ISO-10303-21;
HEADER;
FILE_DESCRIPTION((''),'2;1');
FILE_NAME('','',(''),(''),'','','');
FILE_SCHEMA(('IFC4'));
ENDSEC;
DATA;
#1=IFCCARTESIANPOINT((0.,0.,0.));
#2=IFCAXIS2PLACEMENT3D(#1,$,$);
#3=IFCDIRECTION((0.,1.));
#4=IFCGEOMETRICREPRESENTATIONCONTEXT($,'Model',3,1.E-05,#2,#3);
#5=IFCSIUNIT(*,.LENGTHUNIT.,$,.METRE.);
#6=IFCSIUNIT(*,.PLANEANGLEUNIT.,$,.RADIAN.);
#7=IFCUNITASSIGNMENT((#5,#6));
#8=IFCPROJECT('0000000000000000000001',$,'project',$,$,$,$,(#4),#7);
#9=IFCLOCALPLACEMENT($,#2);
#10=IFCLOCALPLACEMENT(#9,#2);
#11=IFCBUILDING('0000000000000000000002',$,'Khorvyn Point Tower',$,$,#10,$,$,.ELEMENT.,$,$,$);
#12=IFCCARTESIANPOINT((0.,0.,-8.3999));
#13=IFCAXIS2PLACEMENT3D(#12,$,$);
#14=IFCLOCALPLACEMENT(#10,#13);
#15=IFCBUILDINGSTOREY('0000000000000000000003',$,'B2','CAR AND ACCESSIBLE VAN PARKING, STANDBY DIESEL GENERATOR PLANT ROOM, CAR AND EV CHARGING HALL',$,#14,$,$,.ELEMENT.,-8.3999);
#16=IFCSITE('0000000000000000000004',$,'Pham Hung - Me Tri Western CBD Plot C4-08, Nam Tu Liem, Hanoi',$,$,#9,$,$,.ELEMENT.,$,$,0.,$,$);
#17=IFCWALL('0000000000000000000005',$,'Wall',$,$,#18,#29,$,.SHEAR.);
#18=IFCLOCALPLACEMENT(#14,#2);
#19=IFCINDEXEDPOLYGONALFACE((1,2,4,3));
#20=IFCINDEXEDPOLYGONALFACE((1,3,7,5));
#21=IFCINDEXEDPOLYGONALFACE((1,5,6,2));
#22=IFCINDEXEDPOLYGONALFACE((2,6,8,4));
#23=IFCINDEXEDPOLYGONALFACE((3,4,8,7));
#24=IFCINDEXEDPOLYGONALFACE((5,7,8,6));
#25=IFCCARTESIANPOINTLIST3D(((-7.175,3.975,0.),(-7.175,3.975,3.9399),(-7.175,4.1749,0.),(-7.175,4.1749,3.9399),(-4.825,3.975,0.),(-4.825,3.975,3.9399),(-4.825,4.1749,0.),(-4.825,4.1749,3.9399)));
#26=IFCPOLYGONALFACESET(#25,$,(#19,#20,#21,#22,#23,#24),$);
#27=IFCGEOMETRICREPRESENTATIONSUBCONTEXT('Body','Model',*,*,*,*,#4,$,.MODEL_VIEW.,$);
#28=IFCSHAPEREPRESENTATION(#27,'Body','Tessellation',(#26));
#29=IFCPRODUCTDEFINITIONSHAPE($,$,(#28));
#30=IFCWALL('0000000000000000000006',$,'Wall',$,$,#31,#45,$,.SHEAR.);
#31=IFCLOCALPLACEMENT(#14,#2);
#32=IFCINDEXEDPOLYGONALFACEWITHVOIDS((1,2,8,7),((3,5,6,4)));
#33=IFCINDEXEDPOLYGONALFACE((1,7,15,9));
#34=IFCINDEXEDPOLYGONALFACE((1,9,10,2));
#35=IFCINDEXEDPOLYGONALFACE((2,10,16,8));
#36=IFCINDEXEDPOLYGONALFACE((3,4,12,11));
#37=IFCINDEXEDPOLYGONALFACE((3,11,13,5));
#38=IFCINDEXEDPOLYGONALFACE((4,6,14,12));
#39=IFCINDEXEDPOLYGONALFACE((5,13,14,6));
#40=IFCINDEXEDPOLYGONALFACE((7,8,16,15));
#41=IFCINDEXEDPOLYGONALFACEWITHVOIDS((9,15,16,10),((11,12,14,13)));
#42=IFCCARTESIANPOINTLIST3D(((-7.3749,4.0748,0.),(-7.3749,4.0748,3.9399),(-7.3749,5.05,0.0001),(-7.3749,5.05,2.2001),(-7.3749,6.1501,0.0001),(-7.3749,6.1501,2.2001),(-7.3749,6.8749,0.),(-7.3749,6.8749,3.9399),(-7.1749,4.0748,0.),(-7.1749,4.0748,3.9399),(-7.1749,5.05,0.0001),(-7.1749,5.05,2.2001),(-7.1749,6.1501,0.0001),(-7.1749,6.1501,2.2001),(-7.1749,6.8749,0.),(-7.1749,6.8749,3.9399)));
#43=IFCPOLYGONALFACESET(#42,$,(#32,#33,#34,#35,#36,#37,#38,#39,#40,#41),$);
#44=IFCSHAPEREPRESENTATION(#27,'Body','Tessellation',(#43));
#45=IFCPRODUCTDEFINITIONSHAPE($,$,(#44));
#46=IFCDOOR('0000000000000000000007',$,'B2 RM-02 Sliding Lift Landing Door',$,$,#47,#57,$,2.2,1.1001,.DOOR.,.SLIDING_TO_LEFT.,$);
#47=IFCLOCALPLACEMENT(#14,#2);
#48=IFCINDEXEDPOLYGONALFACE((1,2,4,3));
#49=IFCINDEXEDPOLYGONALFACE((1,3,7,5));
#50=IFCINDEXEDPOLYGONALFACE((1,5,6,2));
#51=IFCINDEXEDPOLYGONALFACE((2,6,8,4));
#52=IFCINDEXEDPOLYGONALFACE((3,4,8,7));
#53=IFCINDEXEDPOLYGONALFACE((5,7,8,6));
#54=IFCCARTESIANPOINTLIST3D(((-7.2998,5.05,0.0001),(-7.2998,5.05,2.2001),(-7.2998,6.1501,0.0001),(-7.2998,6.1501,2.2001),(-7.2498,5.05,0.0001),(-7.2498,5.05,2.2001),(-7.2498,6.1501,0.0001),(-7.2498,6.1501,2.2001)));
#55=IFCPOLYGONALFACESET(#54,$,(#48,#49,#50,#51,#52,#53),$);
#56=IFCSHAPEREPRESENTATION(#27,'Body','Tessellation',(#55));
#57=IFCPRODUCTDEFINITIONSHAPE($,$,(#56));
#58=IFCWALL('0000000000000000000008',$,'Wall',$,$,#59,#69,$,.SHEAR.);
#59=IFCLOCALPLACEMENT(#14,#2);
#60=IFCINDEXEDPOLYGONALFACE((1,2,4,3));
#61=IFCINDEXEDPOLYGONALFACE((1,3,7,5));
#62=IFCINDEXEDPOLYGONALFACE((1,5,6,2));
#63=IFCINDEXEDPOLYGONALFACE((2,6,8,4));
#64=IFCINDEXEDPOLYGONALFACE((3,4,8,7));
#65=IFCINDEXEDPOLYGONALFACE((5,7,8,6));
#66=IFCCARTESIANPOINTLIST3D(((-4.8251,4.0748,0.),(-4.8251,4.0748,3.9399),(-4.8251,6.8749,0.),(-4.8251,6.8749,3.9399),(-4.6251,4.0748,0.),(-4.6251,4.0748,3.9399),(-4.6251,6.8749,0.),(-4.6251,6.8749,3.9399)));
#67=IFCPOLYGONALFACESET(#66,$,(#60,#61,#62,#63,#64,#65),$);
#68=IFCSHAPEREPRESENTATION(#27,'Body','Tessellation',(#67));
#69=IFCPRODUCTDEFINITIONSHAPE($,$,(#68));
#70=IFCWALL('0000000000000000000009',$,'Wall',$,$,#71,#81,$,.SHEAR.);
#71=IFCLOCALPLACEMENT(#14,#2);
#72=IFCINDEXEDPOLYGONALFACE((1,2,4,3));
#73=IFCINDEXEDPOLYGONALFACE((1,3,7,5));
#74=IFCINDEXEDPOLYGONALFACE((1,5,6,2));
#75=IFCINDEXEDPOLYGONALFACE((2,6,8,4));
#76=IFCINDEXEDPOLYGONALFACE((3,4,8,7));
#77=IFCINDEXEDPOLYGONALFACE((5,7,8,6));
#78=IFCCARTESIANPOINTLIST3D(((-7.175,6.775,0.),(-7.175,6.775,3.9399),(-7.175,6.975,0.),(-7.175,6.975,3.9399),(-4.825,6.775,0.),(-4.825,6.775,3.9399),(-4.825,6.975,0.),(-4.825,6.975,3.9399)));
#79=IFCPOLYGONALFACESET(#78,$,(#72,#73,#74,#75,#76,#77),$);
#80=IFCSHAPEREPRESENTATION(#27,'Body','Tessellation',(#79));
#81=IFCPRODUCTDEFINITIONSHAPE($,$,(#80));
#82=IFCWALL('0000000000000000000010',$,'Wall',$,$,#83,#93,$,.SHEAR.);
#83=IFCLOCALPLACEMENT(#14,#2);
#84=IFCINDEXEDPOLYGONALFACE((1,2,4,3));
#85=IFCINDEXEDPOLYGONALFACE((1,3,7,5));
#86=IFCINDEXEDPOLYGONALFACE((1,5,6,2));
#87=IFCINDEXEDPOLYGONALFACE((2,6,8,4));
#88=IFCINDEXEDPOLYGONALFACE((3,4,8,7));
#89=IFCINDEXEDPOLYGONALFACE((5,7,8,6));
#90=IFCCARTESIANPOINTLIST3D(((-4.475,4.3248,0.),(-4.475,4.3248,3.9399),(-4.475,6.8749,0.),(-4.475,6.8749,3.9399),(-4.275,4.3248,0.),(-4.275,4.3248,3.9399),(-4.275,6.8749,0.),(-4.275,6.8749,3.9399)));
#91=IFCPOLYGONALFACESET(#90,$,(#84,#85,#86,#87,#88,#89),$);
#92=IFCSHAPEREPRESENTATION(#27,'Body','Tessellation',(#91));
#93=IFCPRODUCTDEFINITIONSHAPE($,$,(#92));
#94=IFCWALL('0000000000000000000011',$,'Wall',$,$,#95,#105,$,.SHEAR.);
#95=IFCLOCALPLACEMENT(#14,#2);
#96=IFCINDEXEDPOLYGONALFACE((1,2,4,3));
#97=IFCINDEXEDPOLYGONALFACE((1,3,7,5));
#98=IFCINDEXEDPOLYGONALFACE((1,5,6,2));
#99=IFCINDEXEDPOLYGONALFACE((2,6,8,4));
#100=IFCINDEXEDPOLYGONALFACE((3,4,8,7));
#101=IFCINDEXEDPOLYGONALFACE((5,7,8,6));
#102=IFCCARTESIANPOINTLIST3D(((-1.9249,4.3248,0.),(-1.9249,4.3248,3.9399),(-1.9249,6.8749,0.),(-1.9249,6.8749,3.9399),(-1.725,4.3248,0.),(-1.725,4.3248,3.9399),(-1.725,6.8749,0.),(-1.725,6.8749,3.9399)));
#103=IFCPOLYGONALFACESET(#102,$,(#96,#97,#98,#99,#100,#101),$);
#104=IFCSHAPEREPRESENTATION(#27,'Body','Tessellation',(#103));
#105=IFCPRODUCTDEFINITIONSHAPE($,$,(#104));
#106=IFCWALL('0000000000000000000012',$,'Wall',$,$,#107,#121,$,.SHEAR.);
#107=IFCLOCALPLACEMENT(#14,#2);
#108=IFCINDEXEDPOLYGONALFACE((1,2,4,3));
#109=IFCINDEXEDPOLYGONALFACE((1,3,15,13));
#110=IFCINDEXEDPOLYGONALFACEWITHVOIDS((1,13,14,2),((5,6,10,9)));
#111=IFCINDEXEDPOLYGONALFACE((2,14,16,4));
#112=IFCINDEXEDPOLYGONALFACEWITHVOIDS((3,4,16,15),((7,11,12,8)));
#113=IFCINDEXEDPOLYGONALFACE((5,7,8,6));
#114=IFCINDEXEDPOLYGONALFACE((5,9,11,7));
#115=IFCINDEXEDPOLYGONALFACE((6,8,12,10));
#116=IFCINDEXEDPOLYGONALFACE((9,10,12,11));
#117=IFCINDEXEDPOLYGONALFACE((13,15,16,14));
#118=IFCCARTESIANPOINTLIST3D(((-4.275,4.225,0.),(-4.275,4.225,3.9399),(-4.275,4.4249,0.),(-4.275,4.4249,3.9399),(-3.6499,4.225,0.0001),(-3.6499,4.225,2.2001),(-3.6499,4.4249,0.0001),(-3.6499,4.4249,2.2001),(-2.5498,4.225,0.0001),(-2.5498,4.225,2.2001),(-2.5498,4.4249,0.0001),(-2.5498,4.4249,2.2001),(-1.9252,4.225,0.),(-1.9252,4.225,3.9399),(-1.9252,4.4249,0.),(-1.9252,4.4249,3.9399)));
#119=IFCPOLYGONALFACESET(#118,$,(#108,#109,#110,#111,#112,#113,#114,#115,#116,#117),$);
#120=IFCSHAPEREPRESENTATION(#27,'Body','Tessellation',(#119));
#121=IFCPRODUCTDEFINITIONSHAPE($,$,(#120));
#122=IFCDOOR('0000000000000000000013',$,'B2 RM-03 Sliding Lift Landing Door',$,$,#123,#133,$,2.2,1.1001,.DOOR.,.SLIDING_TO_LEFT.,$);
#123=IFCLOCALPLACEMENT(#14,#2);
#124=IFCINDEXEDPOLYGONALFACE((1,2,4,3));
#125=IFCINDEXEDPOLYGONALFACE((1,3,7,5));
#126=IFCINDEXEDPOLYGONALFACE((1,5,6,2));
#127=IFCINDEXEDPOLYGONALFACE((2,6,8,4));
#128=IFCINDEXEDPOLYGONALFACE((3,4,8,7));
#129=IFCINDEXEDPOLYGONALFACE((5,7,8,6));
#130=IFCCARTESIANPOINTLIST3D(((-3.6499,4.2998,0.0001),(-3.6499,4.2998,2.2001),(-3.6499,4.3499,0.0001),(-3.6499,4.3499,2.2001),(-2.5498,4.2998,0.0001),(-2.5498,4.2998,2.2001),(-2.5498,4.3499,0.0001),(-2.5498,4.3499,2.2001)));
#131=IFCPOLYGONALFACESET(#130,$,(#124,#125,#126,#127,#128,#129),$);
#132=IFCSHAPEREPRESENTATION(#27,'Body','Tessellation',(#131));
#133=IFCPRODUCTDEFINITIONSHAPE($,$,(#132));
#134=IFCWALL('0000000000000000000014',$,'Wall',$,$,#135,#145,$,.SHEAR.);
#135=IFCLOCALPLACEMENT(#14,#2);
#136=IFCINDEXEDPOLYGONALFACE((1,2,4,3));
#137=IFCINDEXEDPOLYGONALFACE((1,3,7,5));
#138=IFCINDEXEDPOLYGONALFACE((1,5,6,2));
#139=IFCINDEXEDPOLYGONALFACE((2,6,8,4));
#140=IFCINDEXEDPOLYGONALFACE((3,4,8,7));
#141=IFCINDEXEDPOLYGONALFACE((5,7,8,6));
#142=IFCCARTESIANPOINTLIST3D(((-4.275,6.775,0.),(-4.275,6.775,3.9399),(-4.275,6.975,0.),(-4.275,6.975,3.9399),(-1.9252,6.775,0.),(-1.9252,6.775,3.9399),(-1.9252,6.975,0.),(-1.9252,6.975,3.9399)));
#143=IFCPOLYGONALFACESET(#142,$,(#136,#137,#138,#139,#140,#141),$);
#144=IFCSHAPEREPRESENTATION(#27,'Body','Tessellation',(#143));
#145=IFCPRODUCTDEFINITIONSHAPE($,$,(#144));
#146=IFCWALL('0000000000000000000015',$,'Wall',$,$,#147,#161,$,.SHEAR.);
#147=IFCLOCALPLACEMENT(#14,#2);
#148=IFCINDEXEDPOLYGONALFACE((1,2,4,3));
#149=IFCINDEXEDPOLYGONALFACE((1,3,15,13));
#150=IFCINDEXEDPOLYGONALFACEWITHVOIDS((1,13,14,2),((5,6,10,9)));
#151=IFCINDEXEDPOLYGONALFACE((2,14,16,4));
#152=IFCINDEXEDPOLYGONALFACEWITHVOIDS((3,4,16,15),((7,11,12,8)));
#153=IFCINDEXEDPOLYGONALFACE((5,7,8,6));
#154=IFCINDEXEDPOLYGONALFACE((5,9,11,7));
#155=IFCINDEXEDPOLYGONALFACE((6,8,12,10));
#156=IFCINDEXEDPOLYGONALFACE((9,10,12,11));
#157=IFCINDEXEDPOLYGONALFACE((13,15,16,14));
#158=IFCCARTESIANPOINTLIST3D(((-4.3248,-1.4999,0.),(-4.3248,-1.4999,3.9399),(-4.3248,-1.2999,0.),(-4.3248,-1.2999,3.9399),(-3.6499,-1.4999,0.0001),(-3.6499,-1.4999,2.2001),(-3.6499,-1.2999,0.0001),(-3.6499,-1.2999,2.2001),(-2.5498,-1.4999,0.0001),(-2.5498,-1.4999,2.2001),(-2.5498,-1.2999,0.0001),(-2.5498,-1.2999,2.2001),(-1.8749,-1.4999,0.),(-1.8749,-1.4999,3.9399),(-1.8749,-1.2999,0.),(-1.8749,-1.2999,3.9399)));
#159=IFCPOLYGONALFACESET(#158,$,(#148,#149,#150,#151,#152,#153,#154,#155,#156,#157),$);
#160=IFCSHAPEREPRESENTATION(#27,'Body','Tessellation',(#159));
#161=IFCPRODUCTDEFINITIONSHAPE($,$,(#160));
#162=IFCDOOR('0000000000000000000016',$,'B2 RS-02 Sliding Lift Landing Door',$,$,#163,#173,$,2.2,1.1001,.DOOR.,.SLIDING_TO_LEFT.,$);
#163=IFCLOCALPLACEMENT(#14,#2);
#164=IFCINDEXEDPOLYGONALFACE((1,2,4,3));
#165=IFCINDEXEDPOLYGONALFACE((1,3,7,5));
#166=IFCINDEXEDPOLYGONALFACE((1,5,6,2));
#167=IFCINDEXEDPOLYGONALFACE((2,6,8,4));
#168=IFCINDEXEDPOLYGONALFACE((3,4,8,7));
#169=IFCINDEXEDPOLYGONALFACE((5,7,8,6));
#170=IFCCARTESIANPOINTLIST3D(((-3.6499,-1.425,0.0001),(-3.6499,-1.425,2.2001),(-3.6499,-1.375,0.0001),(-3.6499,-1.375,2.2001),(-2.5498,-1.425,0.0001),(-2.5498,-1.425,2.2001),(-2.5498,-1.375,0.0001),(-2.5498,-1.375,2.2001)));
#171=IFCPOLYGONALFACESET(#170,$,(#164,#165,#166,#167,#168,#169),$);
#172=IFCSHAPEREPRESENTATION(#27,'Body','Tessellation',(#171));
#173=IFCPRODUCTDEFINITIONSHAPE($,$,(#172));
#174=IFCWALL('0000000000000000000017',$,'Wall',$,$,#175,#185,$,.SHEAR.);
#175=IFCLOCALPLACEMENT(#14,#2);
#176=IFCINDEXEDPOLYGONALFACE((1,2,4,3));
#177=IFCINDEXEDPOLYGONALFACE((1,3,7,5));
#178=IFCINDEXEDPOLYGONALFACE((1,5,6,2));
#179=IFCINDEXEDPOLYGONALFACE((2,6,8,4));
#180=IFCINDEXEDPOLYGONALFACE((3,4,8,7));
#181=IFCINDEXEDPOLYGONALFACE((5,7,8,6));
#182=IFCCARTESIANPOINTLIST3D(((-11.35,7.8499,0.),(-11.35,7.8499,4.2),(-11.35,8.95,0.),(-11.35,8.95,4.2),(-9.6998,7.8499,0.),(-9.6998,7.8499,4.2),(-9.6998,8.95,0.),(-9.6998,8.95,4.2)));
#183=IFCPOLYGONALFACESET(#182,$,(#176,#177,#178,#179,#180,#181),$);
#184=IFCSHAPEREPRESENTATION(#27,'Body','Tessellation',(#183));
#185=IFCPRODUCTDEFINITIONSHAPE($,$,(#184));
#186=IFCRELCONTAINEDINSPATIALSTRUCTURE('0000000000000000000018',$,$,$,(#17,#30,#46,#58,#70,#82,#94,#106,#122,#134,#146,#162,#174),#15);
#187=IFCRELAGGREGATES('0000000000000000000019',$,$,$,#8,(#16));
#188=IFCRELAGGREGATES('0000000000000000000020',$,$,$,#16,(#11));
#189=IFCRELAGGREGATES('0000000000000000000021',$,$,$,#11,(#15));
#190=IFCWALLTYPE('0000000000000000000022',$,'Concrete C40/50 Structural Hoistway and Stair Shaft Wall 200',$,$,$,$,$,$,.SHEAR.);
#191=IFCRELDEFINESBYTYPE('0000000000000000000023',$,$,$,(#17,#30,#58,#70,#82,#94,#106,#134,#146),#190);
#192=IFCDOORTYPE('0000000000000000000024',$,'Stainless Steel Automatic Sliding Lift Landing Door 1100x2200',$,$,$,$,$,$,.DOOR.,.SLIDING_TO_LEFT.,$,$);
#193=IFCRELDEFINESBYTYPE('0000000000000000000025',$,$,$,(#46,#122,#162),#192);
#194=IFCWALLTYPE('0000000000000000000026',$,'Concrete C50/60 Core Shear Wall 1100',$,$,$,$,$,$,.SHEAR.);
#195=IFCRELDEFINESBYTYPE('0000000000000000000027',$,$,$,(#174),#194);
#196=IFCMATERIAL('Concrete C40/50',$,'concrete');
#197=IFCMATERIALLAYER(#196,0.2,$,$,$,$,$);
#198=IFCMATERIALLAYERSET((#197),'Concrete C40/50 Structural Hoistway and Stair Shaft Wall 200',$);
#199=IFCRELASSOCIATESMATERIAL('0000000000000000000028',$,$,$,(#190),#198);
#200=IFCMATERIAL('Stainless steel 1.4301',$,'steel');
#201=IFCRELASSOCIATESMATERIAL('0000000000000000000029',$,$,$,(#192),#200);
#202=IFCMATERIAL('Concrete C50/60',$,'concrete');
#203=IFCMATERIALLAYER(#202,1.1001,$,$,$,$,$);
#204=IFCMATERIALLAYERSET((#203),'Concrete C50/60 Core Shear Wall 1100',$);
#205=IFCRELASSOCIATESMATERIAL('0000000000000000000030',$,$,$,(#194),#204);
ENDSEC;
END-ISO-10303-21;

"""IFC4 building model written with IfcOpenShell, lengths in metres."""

from ifc_helpers import new_model, si_unit, direction, frame, frame_2d, origin, place, context, subcontext, project, spatial, rectangle, extrude, material, layer, layer_set, type_object, element, fill, save


model = new_model("IFC4")

# Units and contexts
model_context = context("Model", 3, precision=1e-05, world=origin(), true_north=direction((0.0, 1.0)))
body_context = subcontext(model_context, "Body", "Model", "MODEL_VIEW")
ifc_project = project(units=[si_unit("LENGTHUNIT", "METRE"), si_unit("PLANEANGLEUNIT", "RADIAN")], contexts=[model_context])

# Site, building, storey
site_placement = place(None, origin())
site = spatial("IfcSite", under=ifc_project, at=site_placement, Name="Pham Hung - Me Tri Western CBD Plot C4-08, Nam Tu Liem, Hanoi", CompositionType="ELEMENT", RefElevation=0.0)
building_placement = place(site_placement, origin())
building = spatial("IfcBuilding", under=site, at=building_placement, Name="Khorvyn Point Tower", CompositionType="ELEMENT")
storey_placement = place(building_placement, frame((0.0, 0.0, -8.3999)))
storey = spatial("IfcBuildingStorey", under=building, at=storey_placement, Name="B2", Description="CAR AND ACCESSIBLE VAN PARKING, STANDBY DIESEL GENERATOR PLANT ROOM, CAR AND EV CHARGING HALL", CompositionType="ELEMENT", Elevation=-8.3999)

# Shared definitions
ifc_material_1 = material(Name="Concrete C40/50", Category="concrete")

# Shared definitions
ifc_material_2 = material(Name="Concrete C50/60", Category="concrete")

# Shared definitions
ifc_layer_1 = layer(ifc_material_1, 0.2)
ifc_layer_set_1 = layer_set([ifc_layer_1], Name="Concrete C40/50 Structural Hoistway and Stair Shaft Wall 200")
wall_type_1 = type_object("IfcWallType", Name="Concrete C40/50 Structural Hoistway and Stair Shaft Wall 200", PredefinedType="SHEAR", material=ifc_layer_set_1)

# Shared definitions
ifc_material_3 = material(Name="Stainless steel 1.4301", Category="steel")
door_type_1 = type_object("IfcDoorType", Name="Stainless Steel Automatic Sliding Lift Landing Door 1100x2200", OperationType="SLIDING_TO_LEFT", PredefinedType="DOOR", material=ifc_material_3)

# Wall
wall_1_placement = place(storey_placement, frame((-7.175, 4.075, 0.0), z_axis=(0.0, 0.0, 1.0), x_axis=(1.0, 0.0, 0.0)))
element("IfcWall", 1, at=wall_1_placement, inside=storey, type_object=wall_type_1, Name="Wall", PredefinedType="SHEAR", context=body_context, shape_type="SweptSolid", body=[
    extrude(rectangle(XDim=2.3501, YDim=0.2, at=frame_2d((1.175, 0.0))), origin(), (0.0, 0.0, 1.0), 3.9399),
])

# Wall, opening, door
wall_2_placement = place(storey_placement, frame((-7.2749, 4.075, 0.0), z_axis=(0.0, 0.0, 1.0), x_axis=(0.0, 1.0, 0.0)))
wall_2 = element("IfcWall", 2, at=wall_2_placement, inside=storey, type_object=wall_type_1, Name="Wall", PredefinedType="SHEAR", context=body_context, shape_type="SweptSolid", body=[
    extrude(rectangle(XDim=2.8, YDim=0.2, at=frame_2d((1.3999, 0.0))), origin(), (0.0, 0.0, 1.0), 3.9399),
])
opening_1_placement = place(wall_2_placement, frame((0.9751, 0.0, 0.0)))
opening_1 = element("IfcOpeningElement", 3, at=opening_1_placement, cuts=wall_2, PredefinedType="OPENING", context=body_context, shape_type="SweptSolid", body=[
    extrude(rectangle(XDim=1.1001, YDim=2.2, at=frame_2d((0.55, 1.1001))), frame((0.0, 0.1099, 0.0), z_axis=(0.0, -1.0, 0.0), x_axis=(1.0, 0.0, 0.0)), (0.0, 0.0, 1.0), 0.22),
])
door_1_placement = place(opening_1_placement, origin())
door_1 = element("IfcDoor", 4, at=door_1_placement, inside=storey, type_object=door_type_1, Name="B2 RM-02 Sliding Lift Landing Door", OperationType="SLIDING_TO_LEFT", OverallHeight=2.2, OverallWidth=1.1001, PredefinedType="DOOR", context=body_context, shape_type="SweptSolid", body=[
    extrude(rectangle(XDim=1.1001, YDim=2.2, at=frame_2d((0.55, 1.1001))), frame((0.0, 0.0249, 0.0), z_axis=(0.0, -1.0, 0.0), x_axis=(1.0, 0.0, 0.0)), (0.0, 0.0, 1.0), 0.05),
])
fill(opening_1, door_1)

# Walls
wall_3_placement = place(storey_placement, frame((-4.7251, 4.075, 0.0), z_axis=(0.0, 0.0, 1.0), x_axis=(0.0, 1.0, 0.0)))
element("IfcWall", 5, at=wall_3_placement, inside=storey, type_object=wall_type_1, Name="Wall", PredefinedType="SHEAR", context=body_context, shape_type="SweptSolid", body=[
    extrude(rectangle(XDim=2.8, YDim=0.2, at=frame_2d((1.3999, 0.0))), origin(), (0.0, 0.0, 1.0), 3.9399),
])
wall_4_placement = place(storey_placement, frame((-7.175, 6.875, 0.0), z_axis=(0.0, 0.0, 1.0), x_axis=(1.0, 0.0, 0.0)))
element("IfcWall", 6, at=wall_4_placement, inside=storey, type_object=wall_type_1, Name="Wall", PredefinedType="SHEAR", context=body_context, shape_type="SweptSolid", body=[
    extrude(rectangle(XDim=2.3501, YDim=0.2, at=frame_2d((1.175, 0.0))), origin(), (0.0, 0.0, 1.0), 3.9399),
])
for number, where, z_axis, x_axis, name in (
    (7, (-4.375, 4.325, 0.0), (0.0, 0.0, 1.0), (0.0, 1.0, 0.0), "Wall"),
    (8, (-1.825, 4.325, 0.0), (0.0, 0.0, 1.0), (0.0, 1.0, 0.0), "Wall"),
):
    element("IfcWall", number, at=place(storey_placement, frame(where, z_axis=z_axis, x_axis=x_axis)), inside=storey, type_object=wall_type_1, Name=name, PredefinedType="SHEAR", context=body_context, shape_type="SweptSolid", body=[
        extrude(rectangle(XDim=2.55, YDim=0.2, at=frame_2d((1.2749, 0.0))), origin(), (0.0, 0.0, 1.0), 3.9399),
    ])

# Wall, opening, door
wall_5_placement = place(storey_placement, frame((-4.2749, 4.325, 0.0), z_axis=(0.0, 0.0, 1.0), x_axis=(1.0, 0.0, 0.0)))
wall_5 = element("IfcWall", 9, at=wall_5_placement, inside=storey, type_object=wall_type_1, Name="Wall", PredefinedType="SHEAR", context=body_context, shape_type="SweptSolid", body=[
    extrude(rectangle(XDim=2.3499, YDim=0.2, at=frame_2d((1.1748, 0.0))), origin(), (0.0, 0.0, 1.0), 3.9399),
])
opening_2_placement = place(wall_5_placement, frame((0.625, 0.0, 0.0)))
opening_2 = element("IfcOpeningElement", 10, at=opening_2_placement, cuts=wall_5, PredefinedType="OPENING", context=body_context, shape_type="SweptSolid", body=[
    extrude(rectangle(XDim=1.1001, YDim=2.2, at=frame_2d((0.55, 1.1001))), frame((0.0, 0.1099, 0.0), z_axis=(0.0, -1.0, 0.0), x_axis=(1.0, 0.0, 0.0)), (0.0, 0.0, 1.0), 0.22),
])
door_2_placement = place(opening_2_placement, origin())
door_2 = element("IfcDoor", 11, at=door_2_placement, inside=storey, type_object=door_type_1, Name="B2 RM-03 Sliding Lift Landing Door", OperationType="SLIDING_TO_LEFT", OverallHeight=2.2, OverallWidth=1.1001, PredefinedType="DOOR", context=body_context, shape_type="SweptSolid", body=[
    extrude(rectangle(XDim=1.1001, YDim=2.2, at=frame_2d((0.55, 1.1001))), frame((0.0, 0.0249, 0.0), z_axis=(0.0, -1.0, 0.0), x_axis=(1.0, 0.0, 0.0)), (0.0, 0.0, 1.0), 0.05),
])
fill(opening_2, door_2)

# Wall
wall_6_placement = place(storey_placement, frame((-4.2749, 6.875, 0.0), z_axis=(0.0, 0.0, 1.0), x_axis=(1.0, 0.0, 0.0)))
element("IfcWall", 12, at=wall_6_placement, inside=storey, type_object=wall_type_1, Name="Wall", PredefinedType="SHEAR", context=body_context, shape_type="SweptSolid", body=[
    extrude(rectangle(XDim=2.3499, YDim=0.2, at=frame_2d((1.1748, 0.0))), origin(), (0.0, 0.0, 1.0), 3.9399),
])

# Wall, opening, door
wall_7_placement = place(storey_placement, frame((-4.325, -1.3999, 0.0), z_axis=(0.0, 0.0, 1.0), x_axis=(1.0, 0.0, 0.0)))
wall_7 = element("IfcWall", 13, at=wall_7_placement, inside=storey, type_object=wall_type_1, Name="Wall", PredefinedType="SHEAR", context=body_context, shape_type="SweptSolid", body=[
    extrude(rectangle(XDim=2.45, YDim=0.2, at=frame_2d((1.2251, 0.0))), origin(), (0.0, 0.0, 1.0), 3.9399),
])
opening_3_placement = place(wall_7_placement, frame((0.675, 0.0, 0.0)))
opening_3 = element("IfcOpeningElement", 14, at=opening_3_placement, cuts=wall_7, PredefinedType="OPENING", context=body_context, shape_type="SweptSolid", body=[
    extrude(rectangle(XDim=1.1001, YDim=2.2, at=frame_2d((0.55, 1.1001))), frame((0.0, 0.1099, 0.0), z_axis=(0.0, -1.0, 0.0), x_axis=(1.0, 0.0, 0.0)), (0.0, 0.0, 1.0), 0.22),
])
door_3_placement = place(opening_3_placement, origin())
door_3 = element("IfcDoor", 15, at=door_3_placement, inside=storey, type_object=door_type_1, Name="B2 RS-02 Sliding Lift Landing Door", OperationType="SLIDING_TO_LEFT", OverallHeight=2.2, OverallWidth=1.1001, PredefinedType="DOOR", context=body_context, shape_type="SweptSolid", body=[
    extrude(rectangle(XDim=1.1001, YDim=2.2, at=frame_2d((0.55, 1.1001))), frame((0.0, 0.0249, 0.0), z_axis=(0.0, -1.0, 0.0), x_axis=(1.0, 0.0, 0.0)), (0.0, 0.0, 1.0), 0.05),
])
fill(opening_3, door_3)

# Wall
ifc_layer_2 = layer(ifc_material_2, 1.1001)
ifc_layer_set_2 = layer_set([ifc_layer_2], Name="Concrete C50/60 Core Shear Wall 1100")
wall_type_2 = type_object("IfcWallType", Name="Concrete C50/60 Core Shear Wall 1100", PredefinedType="SHEAR", material=ifc_layer_set_2)
wall_8_placement = place(storey_placement, frame((-11.3501, 8.3999, 0.0), z_axis=(0.0, 0.0, 1.0), x_axis=(1.0, 0.0, 0.0)))
element("IfcWall", 16, at=wall_8_placement, inside=storey, type_object=wall_type_2, Name="Wall", PredefinedType="SHEAR", context=body_context, shape_type="SweptSolid", body=[
    extrude(rectangle(XDim=1.6501, YDim=1.1001, at=frame_2d((0.8252, 0.0))), origin(), (0.0, 0.0, 1.0), 4.2),
])

save(model, "model.ifc")
